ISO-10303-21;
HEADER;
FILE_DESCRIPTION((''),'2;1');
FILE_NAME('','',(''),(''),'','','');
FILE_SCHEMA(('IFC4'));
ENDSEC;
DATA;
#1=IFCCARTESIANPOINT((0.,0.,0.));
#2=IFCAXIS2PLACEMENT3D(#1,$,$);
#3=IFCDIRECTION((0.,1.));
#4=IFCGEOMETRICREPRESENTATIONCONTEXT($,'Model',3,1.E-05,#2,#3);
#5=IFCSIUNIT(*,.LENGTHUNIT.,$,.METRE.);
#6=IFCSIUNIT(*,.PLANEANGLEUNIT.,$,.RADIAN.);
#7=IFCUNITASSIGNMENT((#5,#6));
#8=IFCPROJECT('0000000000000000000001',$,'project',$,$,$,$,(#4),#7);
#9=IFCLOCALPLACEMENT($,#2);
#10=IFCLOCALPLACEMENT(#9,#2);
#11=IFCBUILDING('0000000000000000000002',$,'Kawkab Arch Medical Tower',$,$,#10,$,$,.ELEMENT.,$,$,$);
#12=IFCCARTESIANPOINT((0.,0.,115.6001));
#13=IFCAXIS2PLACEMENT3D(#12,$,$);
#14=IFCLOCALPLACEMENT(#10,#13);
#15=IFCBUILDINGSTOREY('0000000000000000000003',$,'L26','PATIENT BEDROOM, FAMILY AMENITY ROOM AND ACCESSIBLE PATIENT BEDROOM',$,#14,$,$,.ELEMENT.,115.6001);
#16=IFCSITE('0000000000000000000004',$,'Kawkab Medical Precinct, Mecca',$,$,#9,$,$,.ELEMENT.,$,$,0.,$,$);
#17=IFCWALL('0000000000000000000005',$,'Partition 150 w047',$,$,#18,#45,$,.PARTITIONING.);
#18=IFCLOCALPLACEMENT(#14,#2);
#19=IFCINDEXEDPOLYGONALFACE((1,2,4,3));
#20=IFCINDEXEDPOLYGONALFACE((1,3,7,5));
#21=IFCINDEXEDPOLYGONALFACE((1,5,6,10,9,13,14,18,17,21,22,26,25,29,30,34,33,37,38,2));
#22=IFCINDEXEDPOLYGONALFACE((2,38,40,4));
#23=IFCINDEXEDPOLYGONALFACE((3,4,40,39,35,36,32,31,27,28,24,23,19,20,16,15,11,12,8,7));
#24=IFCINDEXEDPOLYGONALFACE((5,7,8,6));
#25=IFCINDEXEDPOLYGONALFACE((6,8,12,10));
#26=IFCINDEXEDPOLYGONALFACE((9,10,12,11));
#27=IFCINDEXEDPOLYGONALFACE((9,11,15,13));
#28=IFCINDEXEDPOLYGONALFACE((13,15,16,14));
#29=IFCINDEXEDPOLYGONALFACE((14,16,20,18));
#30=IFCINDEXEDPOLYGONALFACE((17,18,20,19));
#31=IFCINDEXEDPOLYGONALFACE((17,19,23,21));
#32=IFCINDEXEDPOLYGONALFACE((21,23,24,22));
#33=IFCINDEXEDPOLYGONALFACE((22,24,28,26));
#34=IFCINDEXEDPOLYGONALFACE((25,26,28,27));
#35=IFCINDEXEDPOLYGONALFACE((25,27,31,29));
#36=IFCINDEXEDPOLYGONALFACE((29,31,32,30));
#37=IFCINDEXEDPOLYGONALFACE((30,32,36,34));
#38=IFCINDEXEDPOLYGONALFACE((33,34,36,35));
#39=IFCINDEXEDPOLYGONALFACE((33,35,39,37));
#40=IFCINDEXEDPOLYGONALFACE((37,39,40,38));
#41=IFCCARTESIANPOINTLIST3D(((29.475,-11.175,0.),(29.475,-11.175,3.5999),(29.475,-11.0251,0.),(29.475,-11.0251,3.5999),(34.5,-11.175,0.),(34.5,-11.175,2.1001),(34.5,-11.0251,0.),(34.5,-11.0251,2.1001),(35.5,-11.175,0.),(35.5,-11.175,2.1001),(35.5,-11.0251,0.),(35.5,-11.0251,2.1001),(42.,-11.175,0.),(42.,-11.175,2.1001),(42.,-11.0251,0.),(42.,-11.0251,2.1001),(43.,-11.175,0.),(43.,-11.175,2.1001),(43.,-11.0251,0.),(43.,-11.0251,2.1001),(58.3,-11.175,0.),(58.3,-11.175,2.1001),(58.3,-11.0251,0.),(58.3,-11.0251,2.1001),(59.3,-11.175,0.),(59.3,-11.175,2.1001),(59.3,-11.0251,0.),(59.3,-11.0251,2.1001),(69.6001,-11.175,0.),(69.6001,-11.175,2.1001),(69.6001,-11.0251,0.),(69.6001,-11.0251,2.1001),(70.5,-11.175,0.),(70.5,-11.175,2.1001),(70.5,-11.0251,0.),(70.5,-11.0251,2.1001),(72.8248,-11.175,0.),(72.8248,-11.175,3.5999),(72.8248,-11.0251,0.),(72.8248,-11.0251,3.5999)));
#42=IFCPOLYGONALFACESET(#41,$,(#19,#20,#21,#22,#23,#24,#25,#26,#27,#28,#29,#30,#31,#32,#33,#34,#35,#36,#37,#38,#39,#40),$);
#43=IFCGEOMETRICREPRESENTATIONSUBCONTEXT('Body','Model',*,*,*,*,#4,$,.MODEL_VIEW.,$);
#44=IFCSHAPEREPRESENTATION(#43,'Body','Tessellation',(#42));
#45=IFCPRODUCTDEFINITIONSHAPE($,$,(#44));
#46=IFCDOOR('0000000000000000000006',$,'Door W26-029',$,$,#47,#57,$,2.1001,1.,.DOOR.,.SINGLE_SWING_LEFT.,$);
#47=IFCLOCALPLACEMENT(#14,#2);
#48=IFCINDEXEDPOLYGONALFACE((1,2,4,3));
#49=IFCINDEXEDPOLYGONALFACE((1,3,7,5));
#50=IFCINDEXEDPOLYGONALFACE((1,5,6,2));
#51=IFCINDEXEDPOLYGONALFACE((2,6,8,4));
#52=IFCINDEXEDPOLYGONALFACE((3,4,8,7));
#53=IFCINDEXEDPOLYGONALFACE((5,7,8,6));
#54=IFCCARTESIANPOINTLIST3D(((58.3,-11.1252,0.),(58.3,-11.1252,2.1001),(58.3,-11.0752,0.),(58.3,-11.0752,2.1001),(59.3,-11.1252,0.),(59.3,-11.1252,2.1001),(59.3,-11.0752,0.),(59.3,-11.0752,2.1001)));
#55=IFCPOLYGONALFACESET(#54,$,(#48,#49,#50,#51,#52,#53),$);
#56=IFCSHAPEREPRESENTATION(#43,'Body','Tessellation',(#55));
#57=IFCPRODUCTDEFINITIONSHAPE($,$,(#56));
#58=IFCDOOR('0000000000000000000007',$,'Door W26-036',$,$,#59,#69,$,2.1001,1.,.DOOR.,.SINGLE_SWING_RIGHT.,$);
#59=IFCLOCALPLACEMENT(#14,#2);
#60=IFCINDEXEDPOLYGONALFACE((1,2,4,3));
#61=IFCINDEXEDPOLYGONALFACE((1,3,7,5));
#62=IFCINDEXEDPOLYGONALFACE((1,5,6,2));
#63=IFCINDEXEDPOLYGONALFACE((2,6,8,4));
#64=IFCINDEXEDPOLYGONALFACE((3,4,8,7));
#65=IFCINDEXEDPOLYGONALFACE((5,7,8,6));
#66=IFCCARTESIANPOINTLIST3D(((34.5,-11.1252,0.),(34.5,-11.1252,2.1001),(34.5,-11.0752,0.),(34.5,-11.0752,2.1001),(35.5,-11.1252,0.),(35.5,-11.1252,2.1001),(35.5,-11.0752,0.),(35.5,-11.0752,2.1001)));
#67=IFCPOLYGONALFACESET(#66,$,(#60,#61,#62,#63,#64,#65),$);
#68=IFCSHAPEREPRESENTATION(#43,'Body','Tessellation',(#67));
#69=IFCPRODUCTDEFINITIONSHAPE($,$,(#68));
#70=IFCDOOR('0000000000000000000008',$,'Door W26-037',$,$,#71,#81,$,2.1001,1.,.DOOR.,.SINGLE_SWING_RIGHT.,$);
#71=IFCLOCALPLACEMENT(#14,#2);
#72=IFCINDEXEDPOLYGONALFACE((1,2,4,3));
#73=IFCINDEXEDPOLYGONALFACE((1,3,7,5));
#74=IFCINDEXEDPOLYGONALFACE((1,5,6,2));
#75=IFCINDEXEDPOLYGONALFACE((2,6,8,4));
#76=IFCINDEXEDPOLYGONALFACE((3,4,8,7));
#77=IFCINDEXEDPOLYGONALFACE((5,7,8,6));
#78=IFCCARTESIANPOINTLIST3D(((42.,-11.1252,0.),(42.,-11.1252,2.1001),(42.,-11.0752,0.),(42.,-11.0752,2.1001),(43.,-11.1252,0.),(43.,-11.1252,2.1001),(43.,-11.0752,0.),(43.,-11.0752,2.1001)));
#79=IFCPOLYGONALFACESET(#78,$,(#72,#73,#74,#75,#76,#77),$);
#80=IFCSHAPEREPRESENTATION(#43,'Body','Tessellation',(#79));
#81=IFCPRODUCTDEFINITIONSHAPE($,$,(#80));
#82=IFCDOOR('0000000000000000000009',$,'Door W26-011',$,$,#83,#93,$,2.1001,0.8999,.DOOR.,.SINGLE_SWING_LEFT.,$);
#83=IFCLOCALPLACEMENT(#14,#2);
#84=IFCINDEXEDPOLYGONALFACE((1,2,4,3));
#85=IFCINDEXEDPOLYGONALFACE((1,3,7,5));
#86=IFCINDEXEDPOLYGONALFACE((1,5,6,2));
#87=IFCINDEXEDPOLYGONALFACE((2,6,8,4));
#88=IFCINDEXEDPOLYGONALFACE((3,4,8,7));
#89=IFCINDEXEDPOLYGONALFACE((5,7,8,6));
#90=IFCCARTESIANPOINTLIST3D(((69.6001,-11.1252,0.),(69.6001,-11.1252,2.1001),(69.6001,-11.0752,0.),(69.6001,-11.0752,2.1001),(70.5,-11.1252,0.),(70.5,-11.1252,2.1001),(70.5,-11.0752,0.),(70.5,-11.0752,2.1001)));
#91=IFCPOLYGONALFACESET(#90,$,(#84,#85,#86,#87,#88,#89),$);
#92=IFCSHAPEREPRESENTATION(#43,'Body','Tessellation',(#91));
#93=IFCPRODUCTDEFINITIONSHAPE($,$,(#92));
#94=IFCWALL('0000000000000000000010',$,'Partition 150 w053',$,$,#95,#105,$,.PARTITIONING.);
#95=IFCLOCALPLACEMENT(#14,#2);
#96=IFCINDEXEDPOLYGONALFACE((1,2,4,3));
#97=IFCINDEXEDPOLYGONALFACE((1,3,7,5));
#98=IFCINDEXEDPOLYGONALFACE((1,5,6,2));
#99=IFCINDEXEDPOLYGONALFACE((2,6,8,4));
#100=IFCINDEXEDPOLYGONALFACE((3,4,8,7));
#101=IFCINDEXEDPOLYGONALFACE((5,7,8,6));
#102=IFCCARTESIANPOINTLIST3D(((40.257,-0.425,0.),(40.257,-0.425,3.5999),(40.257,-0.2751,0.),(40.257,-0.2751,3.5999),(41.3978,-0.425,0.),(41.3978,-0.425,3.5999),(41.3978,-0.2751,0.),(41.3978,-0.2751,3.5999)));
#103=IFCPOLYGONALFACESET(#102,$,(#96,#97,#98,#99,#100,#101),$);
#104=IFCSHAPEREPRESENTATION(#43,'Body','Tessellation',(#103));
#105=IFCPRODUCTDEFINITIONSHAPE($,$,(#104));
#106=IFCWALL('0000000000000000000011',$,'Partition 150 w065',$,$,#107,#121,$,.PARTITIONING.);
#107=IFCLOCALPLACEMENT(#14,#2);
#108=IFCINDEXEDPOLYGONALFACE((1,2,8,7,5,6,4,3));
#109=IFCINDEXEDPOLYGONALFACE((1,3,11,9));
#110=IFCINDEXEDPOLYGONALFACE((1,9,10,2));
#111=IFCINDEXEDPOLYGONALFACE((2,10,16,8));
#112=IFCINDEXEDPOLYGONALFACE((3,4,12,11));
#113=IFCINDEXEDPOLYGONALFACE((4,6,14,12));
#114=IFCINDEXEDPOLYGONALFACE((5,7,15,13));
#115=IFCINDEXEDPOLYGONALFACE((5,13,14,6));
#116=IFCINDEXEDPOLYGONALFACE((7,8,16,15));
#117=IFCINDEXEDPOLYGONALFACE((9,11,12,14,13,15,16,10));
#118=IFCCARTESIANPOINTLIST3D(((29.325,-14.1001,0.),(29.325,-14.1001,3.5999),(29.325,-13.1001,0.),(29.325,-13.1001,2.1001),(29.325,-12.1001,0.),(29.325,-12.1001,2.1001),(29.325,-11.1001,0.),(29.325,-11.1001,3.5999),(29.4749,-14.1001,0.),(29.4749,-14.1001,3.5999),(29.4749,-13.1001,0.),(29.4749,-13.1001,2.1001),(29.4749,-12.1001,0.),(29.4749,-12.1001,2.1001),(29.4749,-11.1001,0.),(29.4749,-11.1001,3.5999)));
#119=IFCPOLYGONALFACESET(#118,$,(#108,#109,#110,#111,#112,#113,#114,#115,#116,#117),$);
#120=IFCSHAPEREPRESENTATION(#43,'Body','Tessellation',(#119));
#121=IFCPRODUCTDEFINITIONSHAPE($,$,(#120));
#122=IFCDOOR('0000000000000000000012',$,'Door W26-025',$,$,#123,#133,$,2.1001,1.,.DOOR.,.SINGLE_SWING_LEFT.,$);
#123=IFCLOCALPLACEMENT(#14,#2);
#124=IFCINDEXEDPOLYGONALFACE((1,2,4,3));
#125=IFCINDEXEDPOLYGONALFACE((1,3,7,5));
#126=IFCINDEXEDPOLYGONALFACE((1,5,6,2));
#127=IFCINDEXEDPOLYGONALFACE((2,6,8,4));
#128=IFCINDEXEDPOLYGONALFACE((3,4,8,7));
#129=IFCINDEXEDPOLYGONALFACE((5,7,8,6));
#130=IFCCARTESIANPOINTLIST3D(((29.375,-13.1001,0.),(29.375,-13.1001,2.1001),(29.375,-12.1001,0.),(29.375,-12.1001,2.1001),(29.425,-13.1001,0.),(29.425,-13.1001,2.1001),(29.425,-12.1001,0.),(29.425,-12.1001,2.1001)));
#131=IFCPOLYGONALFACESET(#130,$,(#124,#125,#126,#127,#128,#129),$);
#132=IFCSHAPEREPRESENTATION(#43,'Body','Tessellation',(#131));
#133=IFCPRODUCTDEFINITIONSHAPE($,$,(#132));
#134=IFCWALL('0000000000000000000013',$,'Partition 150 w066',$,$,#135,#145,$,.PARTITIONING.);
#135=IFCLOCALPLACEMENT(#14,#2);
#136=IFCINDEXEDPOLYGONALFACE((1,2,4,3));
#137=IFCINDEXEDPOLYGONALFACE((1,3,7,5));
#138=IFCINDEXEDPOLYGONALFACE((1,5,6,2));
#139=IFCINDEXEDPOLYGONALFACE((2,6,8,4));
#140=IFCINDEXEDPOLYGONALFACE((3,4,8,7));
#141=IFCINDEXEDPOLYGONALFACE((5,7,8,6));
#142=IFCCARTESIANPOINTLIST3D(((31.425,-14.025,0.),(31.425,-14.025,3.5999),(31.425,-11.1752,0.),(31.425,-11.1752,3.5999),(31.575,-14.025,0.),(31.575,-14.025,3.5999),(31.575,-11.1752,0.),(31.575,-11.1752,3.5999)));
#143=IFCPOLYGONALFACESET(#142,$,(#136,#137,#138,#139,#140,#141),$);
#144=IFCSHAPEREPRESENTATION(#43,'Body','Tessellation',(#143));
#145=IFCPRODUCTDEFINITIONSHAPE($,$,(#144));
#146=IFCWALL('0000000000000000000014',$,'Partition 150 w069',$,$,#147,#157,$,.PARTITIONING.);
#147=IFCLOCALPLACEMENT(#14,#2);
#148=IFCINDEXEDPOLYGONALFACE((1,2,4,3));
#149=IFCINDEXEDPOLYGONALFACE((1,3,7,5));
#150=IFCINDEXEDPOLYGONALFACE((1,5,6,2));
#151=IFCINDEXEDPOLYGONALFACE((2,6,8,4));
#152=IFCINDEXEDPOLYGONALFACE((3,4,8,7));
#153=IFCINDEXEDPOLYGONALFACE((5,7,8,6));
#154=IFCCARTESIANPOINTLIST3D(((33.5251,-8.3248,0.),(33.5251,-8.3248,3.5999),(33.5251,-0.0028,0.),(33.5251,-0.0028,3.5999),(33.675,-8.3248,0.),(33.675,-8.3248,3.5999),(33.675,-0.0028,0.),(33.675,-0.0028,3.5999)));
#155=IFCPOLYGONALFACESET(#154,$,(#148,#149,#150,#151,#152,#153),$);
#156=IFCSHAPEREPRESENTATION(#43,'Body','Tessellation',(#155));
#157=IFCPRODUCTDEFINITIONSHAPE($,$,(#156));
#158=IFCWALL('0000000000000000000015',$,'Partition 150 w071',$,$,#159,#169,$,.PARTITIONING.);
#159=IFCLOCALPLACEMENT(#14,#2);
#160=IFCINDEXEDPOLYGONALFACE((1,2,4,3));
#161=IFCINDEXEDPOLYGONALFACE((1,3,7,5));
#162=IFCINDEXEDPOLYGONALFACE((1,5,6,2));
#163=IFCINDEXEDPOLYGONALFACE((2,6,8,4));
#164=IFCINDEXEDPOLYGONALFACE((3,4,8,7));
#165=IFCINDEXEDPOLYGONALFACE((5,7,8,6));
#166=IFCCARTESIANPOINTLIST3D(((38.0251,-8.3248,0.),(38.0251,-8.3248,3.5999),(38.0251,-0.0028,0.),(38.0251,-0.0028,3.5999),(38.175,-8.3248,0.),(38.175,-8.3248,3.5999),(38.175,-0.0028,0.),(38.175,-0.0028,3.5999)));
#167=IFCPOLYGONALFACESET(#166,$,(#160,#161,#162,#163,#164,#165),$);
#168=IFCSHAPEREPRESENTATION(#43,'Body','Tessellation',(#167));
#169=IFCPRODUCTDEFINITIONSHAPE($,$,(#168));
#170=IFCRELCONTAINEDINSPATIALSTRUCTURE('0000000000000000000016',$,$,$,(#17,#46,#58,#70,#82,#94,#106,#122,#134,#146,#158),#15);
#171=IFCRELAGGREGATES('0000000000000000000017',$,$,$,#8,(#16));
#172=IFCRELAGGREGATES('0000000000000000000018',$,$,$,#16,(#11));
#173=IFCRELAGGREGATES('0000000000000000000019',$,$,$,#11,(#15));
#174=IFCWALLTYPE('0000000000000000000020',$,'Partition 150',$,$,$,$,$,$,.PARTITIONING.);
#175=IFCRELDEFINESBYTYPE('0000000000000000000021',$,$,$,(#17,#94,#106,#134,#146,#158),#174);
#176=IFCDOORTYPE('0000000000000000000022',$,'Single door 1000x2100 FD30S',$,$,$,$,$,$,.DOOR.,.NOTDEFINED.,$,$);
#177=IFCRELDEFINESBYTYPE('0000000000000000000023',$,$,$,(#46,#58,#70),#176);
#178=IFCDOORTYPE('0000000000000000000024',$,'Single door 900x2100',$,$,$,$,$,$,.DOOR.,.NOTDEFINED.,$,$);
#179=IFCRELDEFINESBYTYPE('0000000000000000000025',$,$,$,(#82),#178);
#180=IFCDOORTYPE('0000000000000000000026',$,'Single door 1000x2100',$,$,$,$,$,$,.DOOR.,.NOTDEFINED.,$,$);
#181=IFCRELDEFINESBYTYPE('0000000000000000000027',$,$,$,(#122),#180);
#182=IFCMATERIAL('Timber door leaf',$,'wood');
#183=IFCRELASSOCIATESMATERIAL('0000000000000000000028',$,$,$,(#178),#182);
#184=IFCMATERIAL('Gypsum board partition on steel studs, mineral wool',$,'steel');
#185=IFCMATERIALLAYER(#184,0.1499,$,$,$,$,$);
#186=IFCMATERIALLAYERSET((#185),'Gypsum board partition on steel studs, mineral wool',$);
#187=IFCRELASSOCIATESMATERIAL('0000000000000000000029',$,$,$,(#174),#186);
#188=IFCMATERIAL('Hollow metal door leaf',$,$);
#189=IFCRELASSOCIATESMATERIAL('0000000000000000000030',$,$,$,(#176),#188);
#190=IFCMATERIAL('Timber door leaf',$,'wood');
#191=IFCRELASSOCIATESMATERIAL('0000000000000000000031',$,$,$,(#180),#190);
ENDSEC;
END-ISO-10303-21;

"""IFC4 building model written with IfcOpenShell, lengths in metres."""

from ifc_helpers import new_model, si_unit, direction, frame, frame_2d, origin, place, context, subcontext, project, spatial, rectangle, extrude, material, layer, layer_set, type_object, element, fill, save


model = new_model("IFC4")

# Units and contexts
model_context = context("Model", 3, precision=1e-05, world=origin(), true_north=direction((0.0, 1.0)))
body_context = subcontext(model_context, "Body", "Model", "MODEL_VIEW")
ifc_project = project(units=[si_unit("LENGTHUNIT", "METRE"), si_unit("PLANEANGLEUNIT", "RADIAN")], contexts=[model_context])

# Site, building, storey
site_placement = place(None, origin())
site = spatial("IfcSite", under=ifc_project, at=site_placement, Name="Kawkab Medical Precinct, Mecca", CompositionType="ELEMENT", RefElevation=0.0)
building_placement = place(site_placement, origin())
building = spatial("IfcBuilding", under=site, at=building_placement, Name="Kawkab Arch Medical Tower", CompositionType="ELEMENT")
storey_placement = place(building_placement, frame((0.0, 0.0, 115.6001)))
storey = spatial("IfcBuildingStorey", under=building, at=storey_placement, Name="L26", Description="PATIENT BEDROOM, FAMILY AMENITY ROOM AND ACCESSIBLE PATIENT BEDROOM", CompositionType="ELEMENT", Elevation=115.6001)

# Shared definitions
ifc_material_1 = material(Name="Timber door leaf", Category="wood")
door_type_1 = type_object("IfcDoorType", Name="Single door 900x2100", OperationType="NOTDEFINED", PredefinedType="DOOR", material=ifc_material_1)

# Shared definitions
ifc_material_2 = material(Name="Gypsum board partition on steel studs, mineral wool", Category="steel")
ifc_layer_1 = layer(ifc_material_2, 0.1499)
ifc_layer_set_1 = layer_set([ifc_layer_1], Name="Gypsum board partition on steel studs, mineral wool")
wall_type_1 = type_object("IfcWallType", Name="Partition 150", PredefinedType="PARTITIONING", material=ifc_layer_set_1)
ifc_material_3 = material(Name="Hollow metal door leaf")
door_type_2 = type_object("IfcDoorType", Name="Single door 1000x2100 FD30S", OperationType="NOTDEFINED", PredefinedType="DOOR", material=ifc_material_3)

# Wall, openings, doors
wall_1_placement = place(storey_placement, frame((29.4751, -11.1001, 0.0), z_axis=(0.0, 0.0, 1.0), x_axis=(1.0, 0.0, 0.0)))
wall_1 = element("IfcWall", 1, at=wall_1_placement, inside=storey, type_object=wall_type_1, Name="Partition 150 w047", PredefinedType="PARTITIONING", context=body_context, shape_type="SweptSolid", body=[
    extrude(rectangle(XDim=43.3499, YDim=0.1499, at=frame_2d((21.6748, 0.0))), origin(), (0.0, 0.0, 1.0), 3.5999),
])
opening_1_placement = place(wall_1_placement, frame((28.825, 0.0, 0.0)))
opening_1 = element("IfcOpeningElement", 2, at=opening_1_placement, cuts=wall_1, PredefinedType="OPENING", context=body_context, shape_type="SweptSolid", body=[
    extrude(rectangle(XDim=1.0, YDim=2.1001, at=frame_2d((0.5, 1.05))), frame((0.0, 0.085, 0.0), z_axis=(0.0, -1.0, 0.0), x_axis=(1.0, 0.0, 0.0)), (0.0, 0.0, 1.0), 0.1699),
])
opening_2_placement = place(wall_1_placement, frame((40.125, 0.0, 0.0)))
opening_2 = element("IfcOpeningElement", 3, at=opening_2_placement, cuts=wall_1, PredefinedType="OPENING", context=body_context, shape_type="SweptSolid", body=[
    extrude(rectangle(XDim=0.8999, YDim=2.1001, at=frame_2d((0.45, 1.05))), frame((0.0, 0.085, 0.0), z_axis=(0.0, -1.0, 0.0), x_axis=(1.0, 0.0, 0.0)), (0.0, 0.0, 1.0), 0.1699),
])
opening_3_placement = place(wall_1_placement, frame((5.0249, 0.0, 0.0)))
opening_3 = element("IfcOpeningElement", 4, at=opening_3_placement, cuts=wall_1, PredefinedType="OPENING", context=body_context, shape_type="SweptSolid", body=[
    extrude(rectangle(XDim=1.0, YDim=2.1001, at=frame_2d((0.5, 1.05))), frame((0.0, 0.085, 0.0), z_axis=(0.0, -1.0, 0.0), x_axis=(1.0, 0.0, 0.0)), (0.0, 0.0, 1.0), 0.1699),
])
opening_4_placement = place(wall_1_placement, frame((12.5249, 0.0, 0.0)))
opening_4 = element("IfcOpeningElement", 5, at=opening_4_placement, cuts=wall_1, PredefinedType="OPENING", context=body_context, shape_type="SweptSolid", body=[
    extrude(rectangle(XDim=1.0, YDim=2.1001, at=frame_2d((0.5, 1.05))), frame((0.0, 0.085, 0.0), z_axis=(0.0, -1.0, 0.0), x_axis=(1.0, 0.0, 0.0)), (0.0, 0.0, 1.0), 0.1699),
])
door_1_placement = place(opening_1_placement, origin())
door_1 = element("IfcDoor", 6, at=door_1_placement, inside=storey, type_object=door_type_2, Name="Door W26-029", OperationType="SINGLE_SWING_LEFT", OverallHeight=2.1001, OverallWidth=1.0, PredefinedType="DOOR", context=body_context, shape_type="SweptSolid", body=[
    extrude(rectangle(XDim=1.0, YDim=2.1001, at=frame_2d((0.5, 1.05))), frame((0.0, 0.0249, 0.0), z_axis=(0.0, -1.0, 0.0), x_axis=(1.0, 0.0, 0.0)), (0.0, 0.0, 1.0), 0.05),
])
fill(opening_1, door_1)
door_2_placement = place(opening_3_placement, origin())
door_2 = element("IfcDoor", 7, at=door_2_placement, inside=storey, type_object=door_type_2, Name="Door W26-036", OperationType="SINGLE_SWING_RIGHT", OverallHeight=2.1001, OverallWidth=1.0, PredefinedType="DOOR", context=body_context, shape_type="SweptSolid", body=[
    extrude(rectangle(XDim=1.0, YDim=2.1001, at=frame_2d((0.5, 1.05))), frame((0.0, 0.0249, 0.0), z_axis=(0.0, -1.0, 0.0), x_axis=(1.0, 0.0, 0.0)), (0.0, 0.0, 1.0), 0.05),
])
fill(opening_3, door_2)
door_3_placement = place(opening_4_placement, origin())
door_3 = element("IfcDoor", 8, at=door_3_placement, inside=storey, type_object=door_type_2, Name="Door W26-037", OperationType="SINGLE_SWING_RIGHT", OverallHeight=2.1001, OverallWidth=1.0, PredefinedType="DOOR", context=body_context, shape_type="SweptSolid", body=[
    extrude(rectangle(XDim=1.0, YDim=2.1001, at=frame_2d((0.5, 1.05))), frame((0.0, 0.0249, 0.0), z_axis=(0.0, -1.0, 0.0), x_axis=(1.0, 0.0, 0.0)), (0.0, 0.0, 1.0), 0.05),
])
fill(opening_4, door_3)
door_4_placement = place(opening_2_placement, origin())
door_4 = element("IfcDoor", 9, at=door_4_placement, inside=storey, type_object=door_type_1, Name="Door W26-011", OperationType="SINGLE_SWING_LEFT", OverallHeight=2.1001, OverallWidth=0.8999, PredefinedType="DOOR", context=body_context, shape_type="SweptSolid", body=[
    extrude(rectangle(XDim=0.8999, YDim=2.1001, at=frame_2d((0.45, 1.05))), frame((0.0, 0.0249, 0.0), z_axis=(0.0, -1.0, 0.0), x_axis=(1.0, 0.0, 0.0)), (0.0, 0.0, 1.0), 0.05),
])
fill(opening_2, door_4)

# Wall
wall_2_placement = place(storey_placement, frame((40.2571, -0.3501, 0.0), z_axis=(0.0, 0.0, 1.0), x_axis=(1.0, 0.0, 0.0)))
element("IfcWall", 10, at=wall_2_placement, inside=storey, type_object=wall_type_1, Name="Partition 150 w053", PredefinedType="PARTITIONING", context=body_context, shape_type="SweptSolid", body=[
    extrude(rectangle(XDim=1.1409, YDim=0.1499, at=frame_2d((0.5703, 0.0))), origin(), (0.0, 0.0, 1.0), 3.5999),
])

# Wall, opening, door
wall_3_placement = place(storey_placement, frame((29.3999, -14.1001, 0.0), z_axis=(0.0, 0.0, 1.0), x_axis=(0.0, 1.0, 0.0)))
wall_3 = element("IfcWall", 11, at=wall_3_placement, inside=storey, type_object=wall_type_1, Name="Partition 150 w065", PredefinedType="PARTITIONING", context=body_context, shape_type="SweptSolid", body=[
    extrude(rectangle(XDim=3.0, YDim=0.1499, at=frame_2d((1.5, 0.0))), origin(), (0.0, 0.0, 1.0), 3.5999),
])
opening_5_placement = place(wall_3_placement, frame((1.0, 0.0, 0.0)))
opening_5 = element("IfcOpeningElement", 12, at=opening_5_placement, cuts=wall_3, PredefinedType="OPENING", context=body_context, shape_type="SweptSolid", body=[
    extrude(rectangle(XDim=1.0, YDim=2.1001, at=frame_2d((0.5, 1.05))), frame((0.0, 0.085, 0.0), z_axis=(0.0, -1.0, 0.0), x_axis=(1.0, 0.0, 0.0)), (0.0, 0.0, 1.0), 0.1699),
])
ifc_material_4 = material(Name="Timber door leaf", Category="wood")
door_type_3 = type_object("IfcDoorType", Name="Single door 1000x2100", OperationType="NOTDEFINED", PredefinedType="DOOR", material=ifc_material_4)
door_5_placement = place(opening_5_placement, origin())
door_5 = element("IfcDoor", 13, at=door_5_placement, inside=storey, type_object=door_type_3, Name="Door W26-025", OperationType="SINGLE_SWING_LEFT", OverallHeight=2.1001, OverallWidth=1.0, PredefinedType="DOOR", context=body_context, shape_type="SweptSolid", body=[
    extrude(rectangle(XDim=1.0, YDim=2.1001, at=frame_2d((0.5, 1.05))), frame((0.0, 0.0249, 0.0), z_axis=(0.0, -1.0, 0.0), x_axis=(1.0, 0.0, 0.0)), (0.0, 0.0, 1.0), 0.05),
])
fill(opening_5, door_5)

# Walls
wall_4_placement = place(storey_placement, frame((31.5, -14.0249, 0.0), z_axis=(0.0, 0.0, 1.0), x_axis=(0.0, 1.0, 0.0)))
element("IfcWall", 14, at=wall_4_placement, inside=storey, type_object=wall_type_1, Name="Partition 150 w066", PredefinedType="PARTITIONING", context=body_context, shape_type="SweptSolid", body=[
    extrude(rectangle(XDim=2.8499, YDim=0.1499, at=frame_2d((1.4248, 0.0))), origin(), (0.0, 0.0, 1.0), 3.5999),
])
for number, where, z_axis, x_axis, name in (
    (15, (33.6001, -8.325, 0.0), (0.0, 0.0, 1.0), (0.0, 1.0, 0.0), "Partition 150 w069"),
    (16, (38.1001, -8.325, 0.0), (0.0, 0.0, 1.0), (0.0, 1.0, 0.0), "Partition 150 w071"),
):
    element("IfcWall", number, at=place(storey_placement, frame(where, z_axis=z_axis, x_axis=x_axis)), inside=storey, type_object=wall_type_1, Name=name, PredefinedType="PARTITIONING", context=body_context, shape_type="SweptSolid", body=[
        extrude(rectangle(XDim=8.322, YDim=0.1499, at=frame_2d((4.1611, 0.0))), origin(), (0.0, 0.0, 1.0), 3.5999),
    ])

save(model, "model.ifc")
